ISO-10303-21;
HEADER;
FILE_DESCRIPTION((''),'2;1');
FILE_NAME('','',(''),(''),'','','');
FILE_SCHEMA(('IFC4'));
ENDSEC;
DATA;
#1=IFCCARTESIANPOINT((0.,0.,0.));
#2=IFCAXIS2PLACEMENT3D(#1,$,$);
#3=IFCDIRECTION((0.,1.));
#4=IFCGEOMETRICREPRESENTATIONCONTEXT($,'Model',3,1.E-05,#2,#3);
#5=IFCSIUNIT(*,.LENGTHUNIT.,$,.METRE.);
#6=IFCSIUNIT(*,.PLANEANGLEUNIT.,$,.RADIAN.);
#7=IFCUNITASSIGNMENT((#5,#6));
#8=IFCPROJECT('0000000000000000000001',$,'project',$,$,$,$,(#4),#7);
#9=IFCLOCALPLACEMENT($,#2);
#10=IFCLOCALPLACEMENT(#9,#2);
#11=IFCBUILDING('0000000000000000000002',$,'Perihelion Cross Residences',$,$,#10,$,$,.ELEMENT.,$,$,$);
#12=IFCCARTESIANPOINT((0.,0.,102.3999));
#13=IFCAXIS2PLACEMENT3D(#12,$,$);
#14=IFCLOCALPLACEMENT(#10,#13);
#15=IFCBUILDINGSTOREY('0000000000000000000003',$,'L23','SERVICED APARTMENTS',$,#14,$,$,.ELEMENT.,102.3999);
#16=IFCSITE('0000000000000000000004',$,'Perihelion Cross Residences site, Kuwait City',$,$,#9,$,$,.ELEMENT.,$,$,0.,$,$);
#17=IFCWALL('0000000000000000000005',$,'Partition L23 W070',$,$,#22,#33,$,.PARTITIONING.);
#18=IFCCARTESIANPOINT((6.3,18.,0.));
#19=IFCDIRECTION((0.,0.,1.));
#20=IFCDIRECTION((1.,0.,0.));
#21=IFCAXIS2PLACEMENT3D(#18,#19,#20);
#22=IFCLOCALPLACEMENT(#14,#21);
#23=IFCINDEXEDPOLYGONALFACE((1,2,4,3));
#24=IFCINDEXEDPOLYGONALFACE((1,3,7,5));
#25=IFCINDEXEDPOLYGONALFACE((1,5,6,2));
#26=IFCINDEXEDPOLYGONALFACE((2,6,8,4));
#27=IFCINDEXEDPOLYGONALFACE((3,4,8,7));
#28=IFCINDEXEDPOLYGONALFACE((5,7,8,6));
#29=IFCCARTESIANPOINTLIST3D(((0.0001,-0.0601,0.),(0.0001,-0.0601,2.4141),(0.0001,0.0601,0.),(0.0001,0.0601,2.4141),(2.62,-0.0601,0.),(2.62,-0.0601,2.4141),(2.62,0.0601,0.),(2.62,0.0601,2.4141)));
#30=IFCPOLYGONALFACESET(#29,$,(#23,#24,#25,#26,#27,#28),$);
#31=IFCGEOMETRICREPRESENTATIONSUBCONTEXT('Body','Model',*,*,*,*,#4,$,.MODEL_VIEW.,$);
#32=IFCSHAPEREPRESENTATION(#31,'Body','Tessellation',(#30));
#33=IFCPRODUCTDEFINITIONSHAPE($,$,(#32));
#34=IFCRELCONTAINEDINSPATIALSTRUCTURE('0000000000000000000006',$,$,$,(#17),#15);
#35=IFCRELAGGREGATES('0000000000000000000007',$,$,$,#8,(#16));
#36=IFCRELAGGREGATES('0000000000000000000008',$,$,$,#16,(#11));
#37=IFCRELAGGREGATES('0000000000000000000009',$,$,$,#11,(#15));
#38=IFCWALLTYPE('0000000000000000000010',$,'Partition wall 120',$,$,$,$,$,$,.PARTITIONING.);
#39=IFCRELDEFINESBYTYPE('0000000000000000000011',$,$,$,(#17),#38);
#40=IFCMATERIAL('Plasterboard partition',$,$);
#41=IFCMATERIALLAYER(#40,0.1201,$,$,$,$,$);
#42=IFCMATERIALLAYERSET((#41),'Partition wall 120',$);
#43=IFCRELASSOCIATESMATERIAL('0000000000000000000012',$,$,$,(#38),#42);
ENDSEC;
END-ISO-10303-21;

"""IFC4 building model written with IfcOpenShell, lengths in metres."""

from ifc_helpers import new_model, si_unit, direction, frame, frame_2d, origin, place, context, subcontext, project, spatial, rectangle, extrude, material, layer, layer_set, type_object, element, save


model = new_model("IFC4")

# Units and contexts
model_context = context("Model", 3, precision=1e-05, world=origin(), true_north=direction((0.0, 1.0)))
body_context = subcontext(model_context, "Body", "Model", "MODEL_VIEW")
ifc_project = project(units=[si_unit("LENGTHUNIT", "METRE"), si_unit("PLANEANGLEUNIT", "RADIAN")], contexts=[model_context])

# Site, building, storey
site_placement = place(None, origin())
site = spatial("IfcSite", under=ifc_project, at=site_placement, Name="Perihelion Cross Residences site, Kuwait City", CompositionType="ELEMENT", RefElevation=0.0)
building_placement = place(site_placement, origin())
building = spatial("IfcBuilding", under=site, at=building_placement, Name="Perihelion Cross Residences", CompositionType="ELEMENT")
storey_placement = place(building_placement, frame((0.0, 0.0, 102.3999)))
storey = spatial("IfcBuildingStorey", under=building, at=storey_placement, Name="L23", Description="SERVICED APARTMENTS", CompositionType="ELEMENT", Elevation=102.3999)

# Wall
ifc_material_1 = material(Name="Plasterboard partition")
ifc_layer_1 = layer(ifc_material_1, 0.1201)
ifc_layer_set_1 = layer_set([ifc_layer_1], Name="Partition wall 120")
wall_type_1 = type_object("IfcWallType", Name="Partition wall 120", PredefinedType="PARTITIONING", material=ifc_layer_set_1)
wall_1_placement = place(storey_placement, frame((6.3, 18.0, 0.0), z_axis=(0.0, 0.0, 1.0), x_axis=(1.0, 0.0, 0.0)))
element("IfcWall", 1, at=wall_1_placement, inside=storey, type_object=wall_type_1, Name="Partition L23 W070", PredefinedType="PARTITIONING", context=body_context, shape_type="SweptSolid", body=[
    extrude(rectangle(XDim=2.6199, YDim=0.1201, at=frame_2d((1.3101, 0.0))), origin(), (0.0, 0.0, 1.0), 2.4141),
])

save(model, "model.ifc")
